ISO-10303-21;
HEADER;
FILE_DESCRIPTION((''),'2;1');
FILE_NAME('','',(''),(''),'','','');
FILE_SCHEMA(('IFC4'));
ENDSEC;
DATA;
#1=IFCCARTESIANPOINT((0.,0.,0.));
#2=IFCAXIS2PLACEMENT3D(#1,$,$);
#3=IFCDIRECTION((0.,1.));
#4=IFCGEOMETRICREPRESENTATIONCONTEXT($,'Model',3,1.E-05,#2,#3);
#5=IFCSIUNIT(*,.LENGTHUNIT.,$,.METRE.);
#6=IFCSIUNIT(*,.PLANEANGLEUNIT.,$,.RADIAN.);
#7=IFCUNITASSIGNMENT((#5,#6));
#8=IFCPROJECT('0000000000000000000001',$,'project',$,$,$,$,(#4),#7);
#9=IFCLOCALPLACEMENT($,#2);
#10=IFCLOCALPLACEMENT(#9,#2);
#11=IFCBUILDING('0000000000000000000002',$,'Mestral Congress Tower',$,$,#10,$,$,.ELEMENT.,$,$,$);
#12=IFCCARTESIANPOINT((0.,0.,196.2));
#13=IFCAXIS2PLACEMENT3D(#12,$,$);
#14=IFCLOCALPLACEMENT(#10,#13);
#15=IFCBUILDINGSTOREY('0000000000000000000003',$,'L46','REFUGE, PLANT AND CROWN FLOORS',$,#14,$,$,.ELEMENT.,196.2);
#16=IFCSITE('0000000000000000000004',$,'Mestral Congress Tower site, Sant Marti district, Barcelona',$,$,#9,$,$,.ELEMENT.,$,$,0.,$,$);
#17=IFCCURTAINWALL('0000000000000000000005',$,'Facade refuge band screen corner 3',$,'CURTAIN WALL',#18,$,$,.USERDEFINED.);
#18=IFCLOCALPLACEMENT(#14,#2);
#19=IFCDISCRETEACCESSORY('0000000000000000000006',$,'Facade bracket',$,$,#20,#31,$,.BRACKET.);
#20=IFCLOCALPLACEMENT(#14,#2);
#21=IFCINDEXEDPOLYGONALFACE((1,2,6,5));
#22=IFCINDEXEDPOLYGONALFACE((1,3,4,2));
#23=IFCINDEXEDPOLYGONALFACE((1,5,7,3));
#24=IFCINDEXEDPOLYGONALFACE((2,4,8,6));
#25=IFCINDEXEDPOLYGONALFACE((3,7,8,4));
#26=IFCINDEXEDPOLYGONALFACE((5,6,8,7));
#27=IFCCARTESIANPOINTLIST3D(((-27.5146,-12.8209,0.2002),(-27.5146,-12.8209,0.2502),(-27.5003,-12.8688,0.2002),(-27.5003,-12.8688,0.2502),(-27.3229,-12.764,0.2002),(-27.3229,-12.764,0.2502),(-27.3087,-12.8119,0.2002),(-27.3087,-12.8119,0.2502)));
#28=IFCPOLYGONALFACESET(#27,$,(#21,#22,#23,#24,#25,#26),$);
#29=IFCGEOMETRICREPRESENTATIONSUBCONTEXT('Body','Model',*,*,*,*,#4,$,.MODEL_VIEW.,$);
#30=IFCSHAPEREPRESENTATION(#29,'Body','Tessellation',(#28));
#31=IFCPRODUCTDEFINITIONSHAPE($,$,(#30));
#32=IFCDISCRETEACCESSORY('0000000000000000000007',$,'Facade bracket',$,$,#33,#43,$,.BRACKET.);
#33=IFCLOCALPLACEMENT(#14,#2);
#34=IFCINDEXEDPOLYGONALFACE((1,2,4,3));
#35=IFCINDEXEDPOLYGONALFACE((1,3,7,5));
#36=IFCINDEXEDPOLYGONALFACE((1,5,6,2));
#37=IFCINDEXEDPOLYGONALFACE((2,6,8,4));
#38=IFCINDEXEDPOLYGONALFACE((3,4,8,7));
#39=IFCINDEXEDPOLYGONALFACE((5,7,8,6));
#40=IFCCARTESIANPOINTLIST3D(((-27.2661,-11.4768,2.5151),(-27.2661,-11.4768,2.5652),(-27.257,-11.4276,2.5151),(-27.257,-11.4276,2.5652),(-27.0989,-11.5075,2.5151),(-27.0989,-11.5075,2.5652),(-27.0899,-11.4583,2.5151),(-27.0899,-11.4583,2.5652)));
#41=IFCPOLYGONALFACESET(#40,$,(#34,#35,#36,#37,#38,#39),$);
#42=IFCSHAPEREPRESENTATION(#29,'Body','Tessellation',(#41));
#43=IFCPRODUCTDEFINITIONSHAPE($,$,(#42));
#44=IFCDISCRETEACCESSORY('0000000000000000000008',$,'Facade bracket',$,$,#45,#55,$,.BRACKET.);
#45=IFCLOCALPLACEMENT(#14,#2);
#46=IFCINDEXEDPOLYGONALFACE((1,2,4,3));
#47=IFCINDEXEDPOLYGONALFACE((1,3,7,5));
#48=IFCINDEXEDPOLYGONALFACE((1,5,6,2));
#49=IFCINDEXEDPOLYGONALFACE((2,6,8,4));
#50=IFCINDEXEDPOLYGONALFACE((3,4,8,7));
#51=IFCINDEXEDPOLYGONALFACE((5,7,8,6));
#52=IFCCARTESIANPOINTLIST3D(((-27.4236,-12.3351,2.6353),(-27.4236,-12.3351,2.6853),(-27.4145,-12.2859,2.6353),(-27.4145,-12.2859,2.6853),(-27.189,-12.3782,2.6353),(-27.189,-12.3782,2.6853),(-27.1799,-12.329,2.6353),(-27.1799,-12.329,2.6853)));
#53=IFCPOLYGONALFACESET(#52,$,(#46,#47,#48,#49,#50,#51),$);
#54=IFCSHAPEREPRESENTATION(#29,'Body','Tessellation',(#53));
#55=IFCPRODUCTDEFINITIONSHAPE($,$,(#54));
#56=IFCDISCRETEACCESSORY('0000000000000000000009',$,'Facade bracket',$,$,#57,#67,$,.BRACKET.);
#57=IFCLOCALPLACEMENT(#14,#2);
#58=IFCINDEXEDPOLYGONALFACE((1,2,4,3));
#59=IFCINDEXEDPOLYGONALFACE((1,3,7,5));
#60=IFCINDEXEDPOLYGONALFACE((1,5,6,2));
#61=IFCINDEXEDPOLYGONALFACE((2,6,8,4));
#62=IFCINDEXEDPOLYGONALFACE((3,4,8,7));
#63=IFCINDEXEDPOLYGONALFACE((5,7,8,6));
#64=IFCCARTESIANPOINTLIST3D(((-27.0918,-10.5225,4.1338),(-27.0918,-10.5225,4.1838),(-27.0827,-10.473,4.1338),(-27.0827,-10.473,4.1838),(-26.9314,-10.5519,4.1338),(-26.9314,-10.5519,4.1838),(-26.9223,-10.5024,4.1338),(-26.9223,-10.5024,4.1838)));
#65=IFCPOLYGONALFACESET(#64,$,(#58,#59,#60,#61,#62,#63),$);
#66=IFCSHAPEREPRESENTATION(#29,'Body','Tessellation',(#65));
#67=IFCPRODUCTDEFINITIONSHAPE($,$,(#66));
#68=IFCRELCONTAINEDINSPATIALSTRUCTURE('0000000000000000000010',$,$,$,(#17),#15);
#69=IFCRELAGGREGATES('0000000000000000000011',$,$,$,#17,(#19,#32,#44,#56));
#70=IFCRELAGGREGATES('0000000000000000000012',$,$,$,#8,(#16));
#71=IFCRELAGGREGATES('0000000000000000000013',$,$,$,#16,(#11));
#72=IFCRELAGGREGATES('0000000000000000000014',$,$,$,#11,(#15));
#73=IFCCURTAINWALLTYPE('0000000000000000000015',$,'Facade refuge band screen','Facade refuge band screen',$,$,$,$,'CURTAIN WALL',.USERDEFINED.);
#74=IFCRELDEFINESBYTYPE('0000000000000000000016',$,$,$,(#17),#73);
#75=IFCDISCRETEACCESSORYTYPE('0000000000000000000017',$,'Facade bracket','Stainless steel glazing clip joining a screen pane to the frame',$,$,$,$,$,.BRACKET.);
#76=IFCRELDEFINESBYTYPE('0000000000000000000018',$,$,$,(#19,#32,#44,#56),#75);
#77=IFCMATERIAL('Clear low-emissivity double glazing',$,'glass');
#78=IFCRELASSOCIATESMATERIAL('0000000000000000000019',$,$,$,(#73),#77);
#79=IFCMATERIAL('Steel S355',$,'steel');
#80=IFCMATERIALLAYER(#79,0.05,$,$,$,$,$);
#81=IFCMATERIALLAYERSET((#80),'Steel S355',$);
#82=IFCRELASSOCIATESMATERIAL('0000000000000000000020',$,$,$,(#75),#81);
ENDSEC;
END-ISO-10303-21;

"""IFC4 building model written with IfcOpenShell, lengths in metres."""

from ifc_helpers import new_model, si_unit, direction, frame, origin, origin_2d, place, context, subcontext, project, spatial, rectangle, extrude, material, layer, layer_set, type_object, element, aggregate, save


model = new_model("IFC4")

# Units and contexts
model_context = context("Model", 3, precision=1e-05, world=origin(), true_north=direction((0.0, 1.0)))
body_context = subcontext(model_context, "Body", "Model", "MODEL_VIEW")
ifc_project = project(units=[si_unit("LENGTHUNIT", "METRE"), si_unit("PLANEANGLEUNIT", "RADIAN")], contexts=[model_context])

# Site, building, storey
site_placement = place(None, origin())
site = spatial("IfcSite", under=ifc_project, at=site_placement, Name="Mestral Congress Tower site, Sant Marti district, Barcelona", CompositionType="ELEMENT", RefElevation=0.0)
building_placement = place(site_placement, origin())
building = spatial("IfcBuilding", under=site, at=building_placement, Name="Mestral Congress Tower", CompositionType="ELEMENT")
storey_placement = place(building_placement, frame((0.0, 0.0, 196.2)))
storey = spatial("IfcBuildingStorey", under=building, at=storey_placement, Name="L46", Description="REFUGE, PLANT AND CROWN FLOORS", CompositionType="ELEMENT", Elevation=196.2)

# Shared definitions
ifc_material_1 = material(Name="Steel S355", Category="steel")

# Curtain wall
ifc_material_2 = material(Name="Clear low-emissivity double glazing", Category="glass")
curtain_wall_type = type_object("IfcCurtainWallType", Name="Facade refuge band screen", Description="Facade refuge band screen", ElementType="CURTAIN WALL", PredefinedType="USERDEFINED", material=ifc_material_2)
placement = place(storey_placement, origin())
curtain_wall_1 = element("IfcCurtainWall", 1, at=placement, inside=storey, type_object=curtain_wall_type, Name="Facade refuge band screen corner 3", ObjectType="CURTAIN WALL", PredefinedType="USERDEFINED")

# Discrete accessories
ifc_layer_1 = layer(ifc_material_1, 0.05)
ifc_layer_set_1 = layer_set([ifc_layer_1], Name="Steel S355")
discrete_accessory_type = type_object("IfcDiscreteAccessoryType", Name="Facade bracket", Description="Stainless steel glazing clip joining a screen pane to the frame", PredefinedType="BRACKET", material=ifc_layer_set_1)
discrete_accessory_1_placement = place(storey_placement, frame((-27.4116, -12.8164, 0.2002), z_axis=(0.0, 0.0, 1.0), x_axis=(0.284551, -0.958661, 0.0)))
discrete_accessory_1 = element("IfcDiscreteAccessory", 2, at=discrete_accessory_1_placement, type_object=discrete_accessory_type, Name="Facade bracket", PredefinedType="BRACKET", context=body_context, shape_type="SweptSolid", body=[
    extrude(rectangle(XDim=0.05, YDim=0.2, at=origin_2d()), origin(), (0.0, 0.0, 1.0), 0.05),
])
discrete_accessory_2_placement = place(storey_placement, frame((-27.178, -11.4675, 2.5151), z_axis=(0.0, 0.0, 1.0), x_axis=(-0.180703, -0.983538, 0.0)))
discrete_accessory_2 = element("IfcDiscreteAccessory", 3, at=discrete_accessory_2_placement, type_object=discrete_accessory_type, Name="Facade bracket", PredefinedType="BRACKET", context=body_context, shape_type="SweptSolid", body=[
    extrude(rectangle(XDim=0.05, YDim=0.1699, at=origin_2d()), origin(), (0.0, 0.0, 1.0), 0.05),
])
discrete_accessory_3_placement = place(storey_placement, frame((-27.3018, -12.332, 2.6353), z_axis=(0.0, 0.0, 1.0), x_axis=(-0.180684, -0.983541, 0.0)))
discrete_accessory_3 = element("IfcDiscreteAccessory", 4, at=discrete_accessory_3_placement, type_object=discrete_accessory_type, Name="Facade bracket", PredefinedType="BRACKET", context=body_context, shape_type="SweptSolid", body=[
    extrude(rectangle(XDim=0.05, YDim=0.2385, at=origin_2d()), origin(), (0.0, 0.0, 1.0), 0.05),
])
discrete_accessory_4_placement = place(storey_placement, frame((-27.0071, -10.5125, 4.1338), z_axis=(0.0, 0.0, 1.0), x_axis=(-0.180658, -0.983546, 0.0)))
discrete_accessory_4 = element("IfcDiscreteAccessory", 5, at=discrete_accessory_4_placement, type_object=discrete_accessory_type, Name="Facade bracket", PredefinedType="BRACKET", context=body_context, shape_type="SweptSolid", body=[
    extrude(rectangle(XDim=0.0503, YDim=0.1631, at=origin_2d()), origin(), (0.0, 0.0, 1.0), 0.05),
])
aggregate(curtain_wall_1, [discrete_accessory_1, discrete_accessory_2, discrete_accessory_3, discrete_accessory_4])

save(model, "model.ifc")
